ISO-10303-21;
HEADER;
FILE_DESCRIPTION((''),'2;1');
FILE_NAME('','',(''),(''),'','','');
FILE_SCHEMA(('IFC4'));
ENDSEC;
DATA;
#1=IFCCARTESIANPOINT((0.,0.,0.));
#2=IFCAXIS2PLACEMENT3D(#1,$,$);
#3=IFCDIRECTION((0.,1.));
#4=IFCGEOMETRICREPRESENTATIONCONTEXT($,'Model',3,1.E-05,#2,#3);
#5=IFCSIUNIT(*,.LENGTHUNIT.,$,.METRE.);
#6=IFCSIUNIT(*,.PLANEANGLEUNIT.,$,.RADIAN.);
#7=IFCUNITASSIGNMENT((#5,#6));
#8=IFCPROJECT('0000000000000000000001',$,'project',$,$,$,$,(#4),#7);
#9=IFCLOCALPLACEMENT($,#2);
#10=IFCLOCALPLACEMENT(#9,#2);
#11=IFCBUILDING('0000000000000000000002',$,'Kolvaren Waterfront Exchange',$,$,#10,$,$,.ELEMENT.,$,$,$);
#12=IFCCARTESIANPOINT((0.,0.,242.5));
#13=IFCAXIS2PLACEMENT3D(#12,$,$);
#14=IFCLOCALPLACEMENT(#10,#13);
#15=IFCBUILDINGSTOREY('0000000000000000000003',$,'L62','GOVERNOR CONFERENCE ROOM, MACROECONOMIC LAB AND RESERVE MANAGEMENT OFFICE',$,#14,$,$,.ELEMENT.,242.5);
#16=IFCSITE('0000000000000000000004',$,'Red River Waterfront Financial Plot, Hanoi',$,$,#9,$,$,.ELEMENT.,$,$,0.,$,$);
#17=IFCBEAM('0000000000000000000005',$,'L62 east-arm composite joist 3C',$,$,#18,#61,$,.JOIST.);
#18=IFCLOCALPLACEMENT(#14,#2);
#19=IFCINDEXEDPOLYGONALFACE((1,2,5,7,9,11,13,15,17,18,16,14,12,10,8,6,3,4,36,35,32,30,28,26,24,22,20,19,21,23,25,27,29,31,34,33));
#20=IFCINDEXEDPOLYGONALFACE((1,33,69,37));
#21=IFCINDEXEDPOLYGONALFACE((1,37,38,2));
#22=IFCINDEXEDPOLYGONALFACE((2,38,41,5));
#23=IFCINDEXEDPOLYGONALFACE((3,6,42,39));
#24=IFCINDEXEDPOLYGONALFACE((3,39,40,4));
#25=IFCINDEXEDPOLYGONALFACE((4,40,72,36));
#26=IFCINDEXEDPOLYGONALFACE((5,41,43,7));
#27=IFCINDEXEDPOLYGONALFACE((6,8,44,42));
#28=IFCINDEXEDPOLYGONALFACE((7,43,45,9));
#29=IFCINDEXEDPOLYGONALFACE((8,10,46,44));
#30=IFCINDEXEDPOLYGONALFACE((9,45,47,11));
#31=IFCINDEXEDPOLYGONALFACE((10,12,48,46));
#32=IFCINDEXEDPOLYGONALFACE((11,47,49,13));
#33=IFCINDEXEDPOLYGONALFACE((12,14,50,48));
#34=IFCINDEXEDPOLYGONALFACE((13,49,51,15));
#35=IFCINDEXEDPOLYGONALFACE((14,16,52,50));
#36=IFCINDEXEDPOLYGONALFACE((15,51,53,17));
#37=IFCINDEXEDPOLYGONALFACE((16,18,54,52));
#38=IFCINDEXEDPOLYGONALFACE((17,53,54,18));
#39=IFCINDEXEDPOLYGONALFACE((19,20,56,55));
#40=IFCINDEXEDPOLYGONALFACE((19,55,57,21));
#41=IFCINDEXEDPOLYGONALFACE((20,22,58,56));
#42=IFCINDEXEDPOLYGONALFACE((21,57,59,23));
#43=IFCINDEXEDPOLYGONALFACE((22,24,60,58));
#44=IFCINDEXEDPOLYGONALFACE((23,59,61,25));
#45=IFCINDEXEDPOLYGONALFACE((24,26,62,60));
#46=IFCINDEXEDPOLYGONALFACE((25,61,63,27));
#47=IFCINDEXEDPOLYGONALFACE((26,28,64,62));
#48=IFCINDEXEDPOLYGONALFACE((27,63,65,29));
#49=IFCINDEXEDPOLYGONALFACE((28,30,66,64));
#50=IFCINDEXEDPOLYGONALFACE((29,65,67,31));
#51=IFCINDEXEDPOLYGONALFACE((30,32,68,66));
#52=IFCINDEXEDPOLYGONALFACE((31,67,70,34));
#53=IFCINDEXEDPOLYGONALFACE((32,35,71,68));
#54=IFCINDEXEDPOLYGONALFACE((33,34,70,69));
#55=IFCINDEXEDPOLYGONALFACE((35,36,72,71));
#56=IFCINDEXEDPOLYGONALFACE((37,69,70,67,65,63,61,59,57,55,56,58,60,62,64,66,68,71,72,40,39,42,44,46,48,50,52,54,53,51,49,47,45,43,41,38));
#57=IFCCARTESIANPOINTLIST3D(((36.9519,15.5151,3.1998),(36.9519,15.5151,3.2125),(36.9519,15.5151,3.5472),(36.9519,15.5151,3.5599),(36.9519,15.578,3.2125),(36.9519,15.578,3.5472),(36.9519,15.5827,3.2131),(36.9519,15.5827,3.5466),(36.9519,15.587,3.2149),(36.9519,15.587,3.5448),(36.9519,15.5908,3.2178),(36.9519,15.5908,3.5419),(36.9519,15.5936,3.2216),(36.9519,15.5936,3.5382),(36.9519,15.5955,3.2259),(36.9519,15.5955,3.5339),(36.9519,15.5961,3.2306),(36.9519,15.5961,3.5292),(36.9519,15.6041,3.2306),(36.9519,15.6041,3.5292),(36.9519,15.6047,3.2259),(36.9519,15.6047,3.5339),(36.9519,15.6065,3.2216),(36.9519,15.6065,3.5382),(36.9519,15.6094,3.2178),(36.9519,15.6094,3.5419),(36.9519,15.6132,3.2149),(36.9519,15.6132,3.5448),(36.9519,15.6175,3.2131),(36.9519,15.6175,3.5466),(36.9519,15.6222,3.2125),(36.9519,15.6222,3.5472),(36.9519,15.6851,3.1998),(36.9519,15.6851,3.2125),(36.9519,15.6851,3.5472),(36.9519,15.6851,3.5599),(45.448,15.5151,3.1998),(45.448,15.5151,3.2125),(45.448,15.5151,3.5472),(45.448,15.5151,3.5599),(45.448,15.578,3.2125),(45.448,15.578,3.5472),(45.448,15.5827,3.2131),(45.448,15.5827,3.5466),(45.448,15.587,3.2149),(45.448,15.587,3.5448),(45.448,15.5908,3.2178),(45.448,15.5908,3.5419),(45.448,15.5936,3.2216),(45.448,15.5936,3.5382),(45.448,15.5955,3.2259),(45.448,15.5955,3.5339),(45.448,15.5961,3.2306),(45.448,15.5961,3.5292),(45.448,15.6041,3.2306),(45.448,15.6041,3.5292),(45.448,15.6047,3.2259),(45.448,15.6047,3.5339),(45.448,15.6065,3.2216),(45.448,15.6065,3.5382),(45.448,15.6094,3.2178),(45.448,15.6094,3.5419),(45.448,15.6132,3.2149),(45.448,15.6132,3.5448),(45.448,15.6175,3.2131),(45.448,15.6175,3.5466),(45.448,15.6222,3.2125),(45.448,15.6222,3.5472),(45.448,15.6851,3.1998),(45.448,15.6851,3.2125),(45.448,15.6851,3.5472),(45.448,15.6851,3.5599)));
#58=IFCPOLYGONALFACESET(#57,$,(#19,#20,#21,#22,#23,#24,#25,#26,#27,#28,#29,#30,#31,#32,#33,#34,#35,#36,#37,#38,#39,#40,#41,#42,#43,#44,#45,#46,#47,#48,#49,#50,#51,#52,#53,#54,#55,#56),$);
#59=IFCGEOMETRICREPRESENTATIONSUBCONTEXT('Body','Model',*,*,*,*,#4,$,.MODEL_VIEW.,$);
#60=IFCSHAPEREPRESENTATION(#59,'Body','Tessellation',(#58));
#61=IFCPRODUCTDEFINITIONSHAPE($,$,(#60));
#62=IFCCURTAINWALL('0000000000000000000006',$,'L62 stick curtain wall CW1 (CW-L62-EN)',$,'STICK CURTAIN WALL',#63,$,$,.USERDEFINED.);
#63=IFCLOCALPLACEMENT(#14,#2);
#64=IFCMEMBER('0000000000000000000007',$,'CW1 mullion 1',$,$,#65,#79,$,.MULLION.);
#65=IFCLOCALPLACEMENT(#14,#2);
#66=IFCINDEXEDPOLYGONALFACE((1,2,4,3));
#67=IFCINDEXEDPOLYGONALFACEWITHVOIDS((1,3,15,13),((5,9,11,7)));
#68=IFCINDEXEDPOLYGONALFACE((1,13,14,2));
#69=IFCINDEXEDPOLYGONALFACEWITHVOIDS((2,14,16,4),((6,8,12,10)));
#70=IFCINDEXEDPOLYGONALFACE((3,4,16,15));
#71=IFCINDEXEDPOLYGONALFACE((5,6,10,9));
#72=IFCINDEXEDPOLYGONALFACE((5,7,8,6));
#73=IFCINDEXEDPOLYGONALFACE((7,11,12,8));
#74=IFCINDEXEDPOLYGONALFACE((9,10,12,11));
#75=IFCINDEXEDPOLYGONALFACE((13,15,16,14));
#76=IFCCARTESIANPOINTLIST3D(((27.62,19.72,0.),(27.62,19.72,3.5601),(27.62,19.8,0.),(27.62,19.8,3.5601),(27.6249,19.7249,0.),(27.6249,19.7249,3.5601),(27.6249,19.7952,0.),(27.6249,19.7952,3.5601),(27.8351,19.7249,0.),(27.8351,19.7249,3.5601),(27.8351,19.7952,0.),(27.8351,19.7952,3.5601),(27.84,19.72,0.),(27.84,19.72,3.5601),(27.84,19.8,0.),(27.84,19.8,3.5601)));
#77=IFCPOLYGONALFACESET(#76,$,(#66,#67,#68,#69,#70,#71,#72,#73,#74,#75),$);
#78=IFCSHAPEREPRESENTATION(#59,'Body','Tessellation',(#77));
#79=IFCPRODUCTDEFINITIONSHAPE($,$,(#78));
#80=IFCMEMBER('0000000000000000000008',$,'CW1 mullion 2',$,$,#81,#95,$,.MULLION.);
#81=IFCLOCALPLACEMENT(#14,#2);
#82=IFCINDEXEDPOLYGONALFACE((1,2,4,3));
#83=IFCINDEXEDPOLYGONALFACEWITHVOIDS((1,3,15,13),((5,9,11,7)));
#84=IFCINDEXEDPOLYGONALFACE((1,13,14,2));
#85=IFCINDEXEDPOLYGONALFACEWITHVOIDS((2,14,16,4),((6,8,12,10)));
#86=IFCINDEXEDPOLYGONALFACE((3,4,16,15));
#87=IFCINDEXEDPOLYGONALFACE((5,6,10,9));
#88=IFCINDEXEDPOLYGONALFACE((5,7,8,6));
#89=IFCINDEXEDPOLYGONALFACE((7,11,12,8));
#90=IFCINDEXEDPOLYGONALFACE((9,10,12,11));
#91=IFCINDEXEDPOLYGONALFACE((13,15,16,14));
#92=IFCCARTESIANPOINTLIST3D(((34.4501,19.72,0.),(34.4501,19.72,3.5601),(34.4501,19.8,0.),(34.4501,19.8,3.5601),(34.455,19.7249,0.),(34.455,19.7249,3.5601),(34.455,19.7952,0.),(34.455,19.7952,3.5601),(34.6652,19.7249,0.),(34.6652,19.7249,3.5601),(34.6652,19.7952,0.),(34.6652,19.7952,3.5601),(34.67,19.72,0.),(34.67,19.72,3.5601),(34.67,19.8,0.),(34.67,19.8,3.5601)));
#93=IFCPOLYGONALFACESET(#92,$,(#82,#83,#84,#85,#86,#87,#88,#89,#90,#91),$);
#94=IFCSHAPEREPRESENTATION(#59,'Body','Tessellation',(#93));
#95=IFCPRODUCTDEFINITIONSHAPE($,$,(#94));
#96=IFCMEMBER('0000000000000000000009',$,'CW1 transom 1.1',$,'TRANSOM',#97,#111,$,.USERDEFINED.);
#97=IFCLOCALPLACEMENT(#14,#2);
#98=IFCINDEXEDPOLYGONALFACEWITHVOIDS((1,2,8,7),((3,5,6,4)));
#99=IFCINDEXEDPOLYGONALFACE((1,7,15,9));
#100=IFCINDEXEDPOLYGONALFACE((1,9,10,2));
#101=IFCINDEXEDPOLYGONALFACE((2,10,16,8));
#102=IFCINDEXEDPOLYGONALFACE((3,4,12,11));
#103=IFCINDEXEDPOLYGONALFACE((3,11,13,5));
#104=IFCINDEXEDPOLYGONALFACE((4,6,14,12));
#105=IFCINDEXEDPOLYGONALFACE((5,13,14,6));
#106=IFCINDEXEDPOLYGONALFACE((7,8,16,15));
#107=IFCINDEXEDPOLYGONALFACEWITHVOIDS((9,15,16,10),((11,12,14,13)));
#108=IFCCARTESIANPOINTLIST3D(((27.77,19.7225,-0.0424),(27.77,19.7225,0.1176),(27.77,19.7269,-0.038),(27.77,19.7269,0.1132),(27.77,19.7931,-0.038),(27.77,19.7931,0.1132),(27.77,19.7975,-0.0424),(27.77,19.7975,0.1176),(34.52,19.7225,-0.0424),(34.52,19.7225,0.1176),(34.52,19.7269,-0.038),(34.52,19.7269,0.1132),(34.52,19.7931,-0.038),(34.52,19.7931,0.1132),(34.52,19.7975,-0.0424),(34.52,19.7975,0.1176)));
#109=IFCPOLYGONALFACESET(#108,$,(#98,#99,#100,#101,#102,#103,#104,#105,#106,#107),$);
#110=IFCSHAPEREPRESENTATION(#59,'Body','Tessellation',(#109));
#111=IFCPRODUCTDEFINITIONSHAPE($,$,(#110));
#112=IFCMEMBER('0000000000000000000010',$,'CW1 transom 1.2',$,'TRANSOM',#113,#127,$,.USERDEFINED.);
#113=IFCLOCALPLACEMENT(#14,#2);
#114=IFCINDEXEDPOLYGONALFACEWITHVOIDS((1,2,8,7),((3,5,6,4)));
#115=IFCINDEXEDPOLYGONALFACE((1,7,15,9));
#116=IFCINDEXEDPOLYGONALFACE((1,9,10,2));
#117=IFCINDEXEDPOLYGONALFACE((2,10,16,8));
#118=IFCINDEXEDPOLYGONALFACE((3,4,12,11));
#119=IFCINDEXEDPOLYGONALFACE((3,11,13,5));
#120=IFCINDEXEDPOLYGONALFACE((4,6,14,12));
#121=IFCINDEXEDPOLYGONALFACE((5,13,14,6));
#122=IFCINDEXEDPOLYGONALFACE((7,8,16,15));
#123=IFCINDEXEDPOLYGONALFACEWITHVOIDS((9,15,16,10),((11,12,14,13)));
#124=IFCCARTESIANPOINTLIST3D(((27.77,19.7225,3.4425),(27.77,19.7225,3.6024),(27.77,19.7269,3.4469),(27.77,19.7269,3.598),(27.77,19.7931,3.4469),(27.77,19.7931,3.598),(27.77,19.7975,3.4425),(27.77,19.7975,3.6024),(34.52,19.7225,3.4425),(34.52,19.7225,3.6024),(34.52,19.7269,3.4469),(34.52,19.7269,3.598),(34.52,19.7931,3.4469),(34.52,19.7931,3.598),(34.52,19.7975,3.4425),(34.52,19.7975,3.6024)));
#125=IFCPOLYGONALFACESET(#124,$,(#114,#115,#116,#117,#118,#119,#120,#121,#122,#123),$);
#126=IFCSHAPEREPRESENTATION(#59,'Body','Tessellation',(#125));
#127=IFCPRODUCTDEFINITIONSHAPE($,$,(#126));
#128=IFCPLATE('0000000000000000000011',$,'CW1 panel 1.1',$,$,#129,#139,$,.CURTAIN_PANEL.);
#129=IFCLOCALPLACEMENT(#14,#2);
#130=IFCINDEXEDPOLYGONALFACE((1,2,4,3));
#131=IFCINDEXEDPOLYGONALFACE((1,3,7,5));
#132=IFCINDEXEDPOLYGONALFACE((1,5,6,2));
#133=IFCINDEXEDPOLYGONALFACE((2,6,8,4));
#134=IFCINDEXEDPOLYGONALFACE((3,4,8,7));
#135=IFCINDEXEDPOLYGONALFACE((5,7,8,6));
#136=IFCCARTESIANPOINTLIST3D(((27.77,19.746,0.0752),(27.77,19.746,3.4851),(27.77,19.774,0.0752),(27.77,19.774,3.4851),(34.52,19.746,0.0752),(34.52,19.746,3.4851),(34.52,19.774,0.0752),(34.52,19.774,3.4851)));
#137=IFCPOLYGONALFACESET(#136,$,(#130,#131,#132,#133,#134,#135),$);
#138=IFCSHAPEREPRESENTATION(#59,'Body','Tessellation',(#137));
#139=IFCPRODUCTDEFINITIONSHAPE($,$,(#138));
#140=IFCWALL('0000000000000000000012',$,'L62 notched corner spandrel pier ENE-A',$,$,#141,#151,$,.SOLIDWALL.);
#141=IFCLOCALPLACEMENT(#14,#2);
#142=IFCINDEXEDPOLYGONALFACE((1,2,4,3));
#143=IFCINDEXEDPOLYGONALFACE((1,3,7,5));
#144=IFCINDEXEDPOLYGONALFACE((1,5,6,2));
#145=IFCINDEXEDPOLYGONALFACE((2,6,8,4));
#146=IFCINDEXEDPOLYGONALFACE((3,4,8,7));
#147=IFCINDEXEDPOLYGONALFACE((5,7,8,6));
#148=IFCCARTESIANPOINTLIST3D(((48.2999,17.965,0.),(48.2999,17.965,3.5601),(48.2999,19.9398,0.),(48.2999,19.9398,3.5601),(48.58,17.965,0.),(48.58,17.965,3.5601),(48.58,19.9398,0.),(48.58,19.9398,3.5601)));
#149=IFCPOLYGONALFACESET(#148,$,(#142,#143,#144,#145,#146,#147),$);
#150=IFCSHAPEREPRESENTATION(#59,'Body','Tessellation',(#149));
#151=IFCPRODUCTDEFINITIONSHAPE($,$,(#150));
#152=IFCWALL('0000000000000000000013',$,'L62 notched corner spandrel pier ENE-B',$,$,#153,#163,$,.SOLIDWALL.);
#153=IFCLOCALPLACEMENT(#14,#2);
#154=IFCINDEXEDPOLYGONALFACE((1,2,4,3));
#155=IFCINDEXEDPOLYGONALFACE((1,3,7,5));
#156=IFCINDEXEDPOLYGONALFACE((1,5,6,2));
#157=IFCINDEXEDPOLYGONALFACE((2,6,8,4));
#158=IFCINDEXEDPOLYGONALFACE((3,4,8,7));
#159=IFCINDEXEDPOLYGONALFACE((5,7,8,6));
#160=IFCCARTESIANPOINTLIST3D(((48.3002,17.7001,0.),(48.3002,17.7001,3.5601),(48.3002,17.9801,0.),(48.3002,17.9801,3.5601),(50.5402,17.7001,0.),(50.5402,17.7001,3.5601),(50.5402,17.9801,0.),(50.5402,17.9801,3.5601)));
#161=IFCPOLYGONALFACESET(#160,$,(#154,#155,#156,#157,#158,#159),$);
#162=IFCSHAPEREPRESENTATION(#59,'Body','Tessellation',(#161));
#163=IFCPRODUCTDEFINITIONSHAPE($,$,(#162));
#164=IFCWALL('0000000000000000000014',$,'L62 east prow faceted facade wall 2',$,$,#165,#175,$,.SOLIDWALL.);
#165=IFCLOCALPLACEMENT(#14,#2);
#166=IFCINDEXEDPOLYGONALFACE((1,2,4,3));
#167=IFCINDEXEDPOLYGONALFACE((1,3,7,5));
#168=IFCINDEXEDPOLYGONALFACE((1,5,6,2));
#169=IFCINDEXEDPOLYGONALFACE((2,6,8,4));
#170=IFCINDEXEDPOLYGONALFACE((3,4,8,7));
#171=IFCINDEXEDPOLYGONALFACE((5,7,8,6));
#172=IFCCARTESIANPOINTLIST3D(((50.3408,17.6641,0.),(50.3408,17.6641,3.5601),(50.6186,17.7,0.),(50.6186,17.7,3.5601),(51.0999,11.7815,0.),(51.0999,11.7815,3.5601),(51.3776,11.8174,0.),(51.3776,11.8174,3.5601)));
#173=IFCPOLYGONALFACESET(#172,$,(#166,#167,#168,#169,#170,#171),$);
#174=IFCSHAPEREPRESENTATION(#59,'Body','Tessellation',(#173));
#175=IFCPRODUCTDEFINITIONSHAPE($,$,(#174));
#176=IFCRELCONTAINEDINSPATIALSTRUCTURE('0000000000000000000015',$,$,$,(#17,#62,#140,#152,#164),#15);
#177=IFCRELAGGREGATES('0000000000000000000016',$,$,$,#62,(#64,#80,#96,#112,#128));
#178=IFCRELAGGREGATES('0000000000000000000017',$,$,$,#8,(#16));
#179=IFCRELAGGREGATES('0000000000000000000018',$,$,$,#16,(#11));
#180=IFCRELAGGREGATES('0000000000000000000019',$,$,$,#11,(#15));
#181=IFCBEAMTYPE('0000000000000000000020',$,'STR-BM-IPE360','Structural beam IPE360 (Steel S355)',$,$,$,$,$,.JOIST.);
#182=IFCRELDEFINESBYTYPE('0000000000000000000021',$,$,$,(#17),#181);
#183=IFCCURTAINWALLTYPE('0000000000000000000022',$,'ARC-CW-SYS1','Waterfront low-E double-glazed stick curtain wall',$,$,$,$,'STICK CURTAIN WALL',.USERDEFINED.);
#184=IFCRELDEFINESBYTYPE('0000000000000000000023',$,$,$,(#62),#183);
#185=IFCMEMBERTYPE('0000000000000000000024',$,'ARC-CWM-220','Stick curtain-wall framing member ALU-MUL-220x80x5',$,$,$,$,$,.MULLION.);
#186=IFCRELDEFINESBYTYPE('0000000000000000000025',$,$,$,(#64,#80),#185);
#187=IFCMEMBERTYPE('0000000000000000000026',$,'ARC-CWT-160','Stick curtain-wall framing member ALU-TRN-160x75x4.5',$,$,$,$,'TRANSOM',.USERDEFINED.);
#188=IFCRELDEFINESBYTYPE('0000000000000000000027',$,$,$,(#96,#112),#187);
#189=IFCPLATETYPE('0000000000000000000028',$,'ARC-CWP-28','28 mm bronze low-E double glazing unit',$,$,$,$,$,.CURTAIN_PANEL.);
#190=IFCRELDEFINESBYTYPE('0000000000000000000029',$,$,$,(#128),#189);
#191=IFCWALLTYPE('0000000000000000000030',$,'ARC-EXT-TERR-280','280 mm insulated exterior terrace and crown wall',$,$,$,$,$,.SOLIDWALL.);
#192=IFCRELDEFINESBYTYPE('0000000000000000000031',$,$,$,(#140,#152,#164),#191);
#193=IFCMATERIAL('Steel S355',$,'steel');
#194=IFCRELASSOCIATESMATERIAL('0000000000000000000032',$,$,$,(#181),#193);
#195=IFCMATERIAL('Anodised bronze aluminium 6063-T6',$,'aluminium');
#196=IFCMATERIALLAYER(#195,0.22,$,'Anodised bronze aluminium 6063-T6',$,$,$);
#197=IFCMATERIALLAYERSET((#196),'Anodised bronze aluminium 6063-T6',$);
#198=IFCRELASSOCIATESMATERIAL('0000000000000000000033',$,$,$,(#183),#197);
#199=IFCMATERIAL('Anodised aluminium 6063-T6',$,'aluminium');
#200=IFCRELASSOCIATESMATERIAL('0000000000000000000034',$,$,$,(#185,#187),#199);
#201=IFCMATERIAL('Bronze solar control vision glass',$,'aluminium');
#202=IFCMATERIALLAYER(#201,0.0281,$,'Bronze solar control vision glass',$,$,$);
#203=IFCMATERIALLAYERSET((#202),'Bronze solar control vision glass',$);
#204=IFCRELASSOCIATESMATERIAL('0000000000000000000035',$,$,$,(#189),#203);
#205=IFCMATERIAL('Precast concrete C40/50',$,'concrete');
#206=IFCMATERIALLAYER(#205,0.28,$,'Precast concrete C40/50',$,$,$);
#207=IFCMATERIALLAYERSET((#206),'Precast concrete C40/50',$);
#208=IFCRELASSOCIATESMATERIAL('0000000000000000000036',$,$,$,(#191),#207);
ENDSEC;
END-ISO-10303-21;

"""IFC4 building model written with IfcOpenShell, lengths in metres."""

from ifc_helpers import new_model, si_unit, direction, frame, frame_2d, origin, origin_with_axes, origin_2d, place, context, subcontext, project, spatial, rectangle, hollow_rectangle, i_section, extrude, source, transform, mapped, material, layer, layer_set, material_profile, profile_set, type_object, element, aggregate, save


model = new_model("IFC4")

# Units and contexts
model_context = context("Model", 3, precision=1e-05, world=origin(), true_north=direction((0.0, 1.0)))
body_context = subcontext(model_context, "Body", "Model", "MODEL_VIEW")
ifc_project = project(units=[si_unit("LENGTHUNIT", "METRE"), si_unit("PLANEANGLEUNIT", "RADIAN")], contexts=[model_context])

# Site, building, storey
site_placement = place(None, origin())
site = spatial("IfcSite", under=ifc_project, at=site_placement, Name="Red River Waterfront Financial Plot, Hanoi", CompositionType="ELEMENT", RefElevation=0.0)
building_placement = place(site_placement, origin())
building = spatial("IfcBuilding", under=site, at=building_placement, Name="Kolvaren Waterfront Exchange", CompositionType="ELEMENT")
storey_placement = place(building_placement, frame((0.0, 0.0, 242.5)))
storey = spatial("IfcBuildingStorey", under=building, at=storey_placement, Name="L62", Description="GOVERNOR CONFERENCE ROOM, MACROECONOMIC LAB AND RESERVE MANAGEMENT OFFICE", CompositionType="ELEMENT", Elevation=242.5)

# Beam
ifc_material_1 = material(Name="Steel S355", Category="steel")
ifc_material_profile_1 = material_profile(ifc_material_1, i_section(OverallWidth=0.1699, OverallDepth=0.3601, WebThickness=0.0081, FlangeThickness=0.0127, FilletRadius=0.0181, at=origin_2d()), Name="IPE360")
ifc_profile_set_1 = profile_set([ifc_material_profile_1], Name="Steel S355")
beam_type_1 = type_object("IfcBeamType", Name="STR-BM-IPE360", Description="Structural beam IPE360 (Steel S355)", PredefinedType="JOIST", material=ifc_profile_set_1)
for number, where, z_axis, x_axis, name in (
    (1, (36.9519, 15.6001, 3.3799), (1.0, 0.0, 0.0), (0.0, 1.0, 0.0), "L62 east-arm composite joist 3C"),
):
    element("IfcBeam", number, at=place(storey_placement, frame(where, z_axis=z_axis, x_axis=x_axis)), inside=storey, type_object=beam_type_1, Name=name, PredefinedType="JOIST", context=body_context, shape_type="SweptSolid", body=[
        extrude(i_section(OverallWidth=0.1699, OverallDepth=0.3601, WebThickness=0.0081, FlangeThickness=0.0127, FilletRadius=0.0181, at=origin_2d()), origin(), (0.0, 0.0, 1.0), 8.4961),
    ])

# Curtain wall, members, plate
ifc_material_2 = material(Name="Anodised bronze aluminium 6063-T6", Category="aluminium")
ifc_layer_1 = layer(ifc_material_2, 0.22, Name="Anodised bronze aluminium 6063-T6")
ifc_layer_set_1 = layer_set([ifc_layer_1], Name="Anodised bronze aluminium 6063-T6")
curtain_wall_type = type_object("IfcCurtainWallType", Name="ARC-CW-SYS1", Description="Waterfront low-E double-glazed stick curtain wall", ElementType="STICK CURTAIN WALL", PredefinedType="USERDEFINED", material=ifc_layer_set_1)
curtain_wall_placement = place(storey_placement, origin())
curtain_wall = element("IfcCurtainWall", 2, at=curtain_wall_placement, inside=storey, type_object=curtain_wall_type, Name="L62 stick curtain wall CW1 (CW-L62-EN)", ObjectType="STICK CURTAIN WALL", PredefinedType="USERDEFINED")
ifc_material_3 = material(Name="Anodised aluminium 6063-T6", Category="aluminium")
ifc_material_profile_2 = material_profile(ifc_material_3, hollow_rectangle(XDim=0.0801, YDim=0.22, WallThickness=0.0049, at=origin_2d()), Name="ALU-MUL-220x80x5")
ifc_profile_set_2 = profile_set([ifc_material_profile_2], Name="Anodised aluminium 6063-T6")
member_type_1 = type_object("IfcMemberType", Name="ARC-CWM-220", Description="Stick curtain-wall framing member ALU-MUL-220x80x5", PredefinedType="MULLION", material=ifc_profile_set_2)
shared_shape_1 = source(origin_with_axes(), body_context, "Body", "SweptSolid", [
    extrude(hollow_rectangle(XDim=0.0801, YDim=0.22, WallThickness=0.0049, at=origin_2d()), origin(), (0.0, 0.0, 1.0), 3.5601),
])
member_1_placement = place(storey_placement, frame((27.73, 19.76, 0.0), z_axis=(0.0, 0.0, 1.0), x_axis=(0.0, 1.0, 0.0)))
member_1 = element("IfcMember", 3, at=member_1_placement, type_object=member_type_1, Name="CW1 mullion 1", PredefinedType="MULLION", context=body_context, shape_type="MappedRepresentation", body=[
    mapped(shared_shape_1, transform((0.0, 0.0, 0.0), x_axis=(1.0, 0.0, 0.0), y_axis=(0.0, 1.0, 0.0), z_axis=(0.0, 0.0, 1.0), scale=1.0)),
])
member_2_placement = place(storey_placement, frame((34.5601, 19.76, 0.0), z_axis=(0.0, 0.0, 1.0), x_axis=(0.0, 1.0, 0.0)))
member_2 = element("IfcMember", 4, at=member_2_placement, type_object=member_type_1, Name="CW1 mullion 2", PredefinedType="MULLION", context=body_context, shape_type="MappedRepresentation", body=[
    mapped(shared_shape_1, transform((0.0, 0.0, 0.0), x_axis=(1.0, 0.0, 0.0), y_axis=(0.0, 1.0, 0.0), z_axis=(0.0, 0.0, 1.0), scale=1.0)),
])
ifc_material_profile_3 = material_profile(ifc_material_3, hollow_rectangle(XDim=0.075, YDim=0.1599, WallThickness=0.0044, at=origin_2d()), Name="ALU-TRN-160x75x4.5")
ifc_profile_set_3 = profile_set([ifc_material_profile_3], Name="Anodised aluminium 6063-T6")
member_type_2 = type_object("IfcMemberType", Name="ARC-CWT-160", Description="Stick curtain-wall framing member ALU-TRN-160x75x4.5", ElementType="TRANSOM", PredefinedType="USERDEFINED", material=ifc_profile_set_3)
shared_shape_2 = source(origin_with_axes(), body_context, "Body", "SweptSolid", [
    extrude(hollow_rectangle(XDim=0.075, YDim=0.1599, WallThickness=0.0044, at=origin_2d()), origin(), (0.0, 0.0, 1.0), 6.75),
])
member_3_placement = place(storey_placement, frame((27.77, 19.76, 0.0376), z_axis=(1.0, 0.0, 0.0), x_axis=(0.0, 1.0, 0.0)))
member_3 = element("IfcMember", 5, at=member_3_placement, type_object=member_type_2, Name="CW1 transom 1.1", ObjectType="TRANSOM", PredefinedType="USERDEFINED", context=body_context, shape_type="MappedRepresentation", body=[
    mapped(shared_shape_2, transform((0.0, 0.0, 0.0), x_axis=(1.0, 0.0, 0.0), y_axis=(0.0, 1.0, 0.0), z_axis=(0.0, 0.0, 1.0), scale=1.0)),
])
member_4_placement = place(storey_placement, frame((27.77, 19.76, 3.5225), z_axis=(1.0, 0.0, 0.0), x_axis=(0.0, 1.0, 0.0)))
member_4 = element("IfcMember", 6, at=member_4_placement, type_object=member_type_2, Name="CW1 transom 1.2", ObjectType="TRANSOM", PredefinedType="USERDEFINED", context=body_context, shape_type="MappedRepresentation", body=[
    mapped(shared_shape_2, transform((0.0, 0.0, 0.0), x_axis=(1.0, 0.0, 0.0), y_axis=(0.0, 1.0, 0.0), z_axis=(0.0, 0.0, 1.0), scale=1.0)),
])
ifc_material_4 = material(Name="Bronze solar control vision glass", Category="aluminium")
ifc_layer_2 = layer(ifc_material_4, 0.0281, Name="Bronze solar control vision glass")
ifc_layer_set_2 = layer_set([ifc_layer_2], Name="Bronze solar control vision glass")
plate_type = type_object("IfcPlateType", Name="ARC-CWP-28", Description="28 mm bronze low-E double glazing unit", PredefinedType="CURTAIN_PANEL", material=ifc_layer_set_2)
shared_shape_3 = source(origin_with_axes(), body_context, "Body", "SweptSolid", [
    extrude(rectangle(XDim=6.75, YDim=0.0281, at=origin_2d()), origin(), (0.0, 0.0, 1.0), 3.4099),
])
plate_placement = place(storey_placement, frame((31.145, 19.76, 0.0752), z_axis=(0.0, 0.0, 1.0), x_axis=(1.0, 0.0, 0.0)))
plate = element("IfcPlate", 7, at=plate_placement, type_object=plate_type, Name="CW1 panel 1.1", PredefinedType="CURTAIN_PANEL", context=body_context, shape_type="MappedRepresentation", body=[
    mapped(shared_shape_3, transform((0.0, 0.0, 0.0), x_axis=(1.0, 0.0, 0.0), y_axis=(0.0, 1.0, 0.0), z_axis=(0.0, 0.0, 1.0), scale=1.0)),
])
aggregate(curtain_wall, [member_1, member_2, member_3, member_4, plate])

# Walls
ifc_material_5 = material(Name="Precast concrete C40/50", Category="concrete")
ifc_layer_3 = layer(ifc_material_5, 0.28, Name="Precast concrete C40/50")
ifc_layer_set_3 = layer_set([ifc_layer_3], Name="Precast concrete C40/50")
wall_type_1 = type_object("IfcWallType", Name="ARC-EXT-TERR-280", Description="280 mm insulated exterior terrace and crown wall", PredefinedType="SOLIDWALL", material=ifc_layer_set_3)
wall_1_placement = place(storey_placement, frame((48.4399, 17.9651, 0.0), z_axis=(0.0, 0.0, 1.0), x_axis=(0.0, 1.0, 0.0)))
element("IfcWall", 8, at=wall_1_placement, inside=storey, type_object=wall_type_1, Name="L62 notched corner spandrel pier ENE-A", PredefinedType="SOLIDWALL", context=body_context, shape_type="SweptSolid", body=[
    extrude(rectangle(XDim=1.9749, YDim=0.28, at=frame_2d((0.9873, 0.0))), origin(), (0.0, 0.0, 1.0), 3.5601),
])
wall_2_placement = place(storey_placement, frame((48.3, 17.8401, 0.0), z_axis=(0.0, 0.0, 1.0), x_axis=(1.0, 0.0, 0.0)))
element("IfcWall", 9, at=wall_2_placement, inside=storey, type_object=wall_type_1, Name="L62 notched corner spandrel pier ENE-B", PredefinedType="SOLIDWALL", context=body_context, shape_type="SweptSolid", body=[
    extrude(rectangle(XDim=2.24, YDim=0.28, at=frame_2d((1.1201, 0.0))), origin(), (0.0, 0.0, 1.0), 3.5601),
])
wall_3_placement = place(storey_placement, frame((51.2388, 11.7993, 0.0), z_axis=(0.0, 0.0, 1.0), x_axis=(-0.12797, 0.991778, 0.0)))
element("IfcWall", 10, at=wall_3_placement, inside=storey, type_object=wall_type_1, Name="L62 east prow faceted facade wall 2", PredefinedType="SOLIDWALL", context=body_context, shape_type="SweptSolid", body=[
    extrude(rectangle(XDim=5.9314, YDim=0.28, at=frame_2d((2.9658, 0.0))), origin(), (0.0, 0.0, 1.0), 3.5601),
])

save(model, "model.ifc")
